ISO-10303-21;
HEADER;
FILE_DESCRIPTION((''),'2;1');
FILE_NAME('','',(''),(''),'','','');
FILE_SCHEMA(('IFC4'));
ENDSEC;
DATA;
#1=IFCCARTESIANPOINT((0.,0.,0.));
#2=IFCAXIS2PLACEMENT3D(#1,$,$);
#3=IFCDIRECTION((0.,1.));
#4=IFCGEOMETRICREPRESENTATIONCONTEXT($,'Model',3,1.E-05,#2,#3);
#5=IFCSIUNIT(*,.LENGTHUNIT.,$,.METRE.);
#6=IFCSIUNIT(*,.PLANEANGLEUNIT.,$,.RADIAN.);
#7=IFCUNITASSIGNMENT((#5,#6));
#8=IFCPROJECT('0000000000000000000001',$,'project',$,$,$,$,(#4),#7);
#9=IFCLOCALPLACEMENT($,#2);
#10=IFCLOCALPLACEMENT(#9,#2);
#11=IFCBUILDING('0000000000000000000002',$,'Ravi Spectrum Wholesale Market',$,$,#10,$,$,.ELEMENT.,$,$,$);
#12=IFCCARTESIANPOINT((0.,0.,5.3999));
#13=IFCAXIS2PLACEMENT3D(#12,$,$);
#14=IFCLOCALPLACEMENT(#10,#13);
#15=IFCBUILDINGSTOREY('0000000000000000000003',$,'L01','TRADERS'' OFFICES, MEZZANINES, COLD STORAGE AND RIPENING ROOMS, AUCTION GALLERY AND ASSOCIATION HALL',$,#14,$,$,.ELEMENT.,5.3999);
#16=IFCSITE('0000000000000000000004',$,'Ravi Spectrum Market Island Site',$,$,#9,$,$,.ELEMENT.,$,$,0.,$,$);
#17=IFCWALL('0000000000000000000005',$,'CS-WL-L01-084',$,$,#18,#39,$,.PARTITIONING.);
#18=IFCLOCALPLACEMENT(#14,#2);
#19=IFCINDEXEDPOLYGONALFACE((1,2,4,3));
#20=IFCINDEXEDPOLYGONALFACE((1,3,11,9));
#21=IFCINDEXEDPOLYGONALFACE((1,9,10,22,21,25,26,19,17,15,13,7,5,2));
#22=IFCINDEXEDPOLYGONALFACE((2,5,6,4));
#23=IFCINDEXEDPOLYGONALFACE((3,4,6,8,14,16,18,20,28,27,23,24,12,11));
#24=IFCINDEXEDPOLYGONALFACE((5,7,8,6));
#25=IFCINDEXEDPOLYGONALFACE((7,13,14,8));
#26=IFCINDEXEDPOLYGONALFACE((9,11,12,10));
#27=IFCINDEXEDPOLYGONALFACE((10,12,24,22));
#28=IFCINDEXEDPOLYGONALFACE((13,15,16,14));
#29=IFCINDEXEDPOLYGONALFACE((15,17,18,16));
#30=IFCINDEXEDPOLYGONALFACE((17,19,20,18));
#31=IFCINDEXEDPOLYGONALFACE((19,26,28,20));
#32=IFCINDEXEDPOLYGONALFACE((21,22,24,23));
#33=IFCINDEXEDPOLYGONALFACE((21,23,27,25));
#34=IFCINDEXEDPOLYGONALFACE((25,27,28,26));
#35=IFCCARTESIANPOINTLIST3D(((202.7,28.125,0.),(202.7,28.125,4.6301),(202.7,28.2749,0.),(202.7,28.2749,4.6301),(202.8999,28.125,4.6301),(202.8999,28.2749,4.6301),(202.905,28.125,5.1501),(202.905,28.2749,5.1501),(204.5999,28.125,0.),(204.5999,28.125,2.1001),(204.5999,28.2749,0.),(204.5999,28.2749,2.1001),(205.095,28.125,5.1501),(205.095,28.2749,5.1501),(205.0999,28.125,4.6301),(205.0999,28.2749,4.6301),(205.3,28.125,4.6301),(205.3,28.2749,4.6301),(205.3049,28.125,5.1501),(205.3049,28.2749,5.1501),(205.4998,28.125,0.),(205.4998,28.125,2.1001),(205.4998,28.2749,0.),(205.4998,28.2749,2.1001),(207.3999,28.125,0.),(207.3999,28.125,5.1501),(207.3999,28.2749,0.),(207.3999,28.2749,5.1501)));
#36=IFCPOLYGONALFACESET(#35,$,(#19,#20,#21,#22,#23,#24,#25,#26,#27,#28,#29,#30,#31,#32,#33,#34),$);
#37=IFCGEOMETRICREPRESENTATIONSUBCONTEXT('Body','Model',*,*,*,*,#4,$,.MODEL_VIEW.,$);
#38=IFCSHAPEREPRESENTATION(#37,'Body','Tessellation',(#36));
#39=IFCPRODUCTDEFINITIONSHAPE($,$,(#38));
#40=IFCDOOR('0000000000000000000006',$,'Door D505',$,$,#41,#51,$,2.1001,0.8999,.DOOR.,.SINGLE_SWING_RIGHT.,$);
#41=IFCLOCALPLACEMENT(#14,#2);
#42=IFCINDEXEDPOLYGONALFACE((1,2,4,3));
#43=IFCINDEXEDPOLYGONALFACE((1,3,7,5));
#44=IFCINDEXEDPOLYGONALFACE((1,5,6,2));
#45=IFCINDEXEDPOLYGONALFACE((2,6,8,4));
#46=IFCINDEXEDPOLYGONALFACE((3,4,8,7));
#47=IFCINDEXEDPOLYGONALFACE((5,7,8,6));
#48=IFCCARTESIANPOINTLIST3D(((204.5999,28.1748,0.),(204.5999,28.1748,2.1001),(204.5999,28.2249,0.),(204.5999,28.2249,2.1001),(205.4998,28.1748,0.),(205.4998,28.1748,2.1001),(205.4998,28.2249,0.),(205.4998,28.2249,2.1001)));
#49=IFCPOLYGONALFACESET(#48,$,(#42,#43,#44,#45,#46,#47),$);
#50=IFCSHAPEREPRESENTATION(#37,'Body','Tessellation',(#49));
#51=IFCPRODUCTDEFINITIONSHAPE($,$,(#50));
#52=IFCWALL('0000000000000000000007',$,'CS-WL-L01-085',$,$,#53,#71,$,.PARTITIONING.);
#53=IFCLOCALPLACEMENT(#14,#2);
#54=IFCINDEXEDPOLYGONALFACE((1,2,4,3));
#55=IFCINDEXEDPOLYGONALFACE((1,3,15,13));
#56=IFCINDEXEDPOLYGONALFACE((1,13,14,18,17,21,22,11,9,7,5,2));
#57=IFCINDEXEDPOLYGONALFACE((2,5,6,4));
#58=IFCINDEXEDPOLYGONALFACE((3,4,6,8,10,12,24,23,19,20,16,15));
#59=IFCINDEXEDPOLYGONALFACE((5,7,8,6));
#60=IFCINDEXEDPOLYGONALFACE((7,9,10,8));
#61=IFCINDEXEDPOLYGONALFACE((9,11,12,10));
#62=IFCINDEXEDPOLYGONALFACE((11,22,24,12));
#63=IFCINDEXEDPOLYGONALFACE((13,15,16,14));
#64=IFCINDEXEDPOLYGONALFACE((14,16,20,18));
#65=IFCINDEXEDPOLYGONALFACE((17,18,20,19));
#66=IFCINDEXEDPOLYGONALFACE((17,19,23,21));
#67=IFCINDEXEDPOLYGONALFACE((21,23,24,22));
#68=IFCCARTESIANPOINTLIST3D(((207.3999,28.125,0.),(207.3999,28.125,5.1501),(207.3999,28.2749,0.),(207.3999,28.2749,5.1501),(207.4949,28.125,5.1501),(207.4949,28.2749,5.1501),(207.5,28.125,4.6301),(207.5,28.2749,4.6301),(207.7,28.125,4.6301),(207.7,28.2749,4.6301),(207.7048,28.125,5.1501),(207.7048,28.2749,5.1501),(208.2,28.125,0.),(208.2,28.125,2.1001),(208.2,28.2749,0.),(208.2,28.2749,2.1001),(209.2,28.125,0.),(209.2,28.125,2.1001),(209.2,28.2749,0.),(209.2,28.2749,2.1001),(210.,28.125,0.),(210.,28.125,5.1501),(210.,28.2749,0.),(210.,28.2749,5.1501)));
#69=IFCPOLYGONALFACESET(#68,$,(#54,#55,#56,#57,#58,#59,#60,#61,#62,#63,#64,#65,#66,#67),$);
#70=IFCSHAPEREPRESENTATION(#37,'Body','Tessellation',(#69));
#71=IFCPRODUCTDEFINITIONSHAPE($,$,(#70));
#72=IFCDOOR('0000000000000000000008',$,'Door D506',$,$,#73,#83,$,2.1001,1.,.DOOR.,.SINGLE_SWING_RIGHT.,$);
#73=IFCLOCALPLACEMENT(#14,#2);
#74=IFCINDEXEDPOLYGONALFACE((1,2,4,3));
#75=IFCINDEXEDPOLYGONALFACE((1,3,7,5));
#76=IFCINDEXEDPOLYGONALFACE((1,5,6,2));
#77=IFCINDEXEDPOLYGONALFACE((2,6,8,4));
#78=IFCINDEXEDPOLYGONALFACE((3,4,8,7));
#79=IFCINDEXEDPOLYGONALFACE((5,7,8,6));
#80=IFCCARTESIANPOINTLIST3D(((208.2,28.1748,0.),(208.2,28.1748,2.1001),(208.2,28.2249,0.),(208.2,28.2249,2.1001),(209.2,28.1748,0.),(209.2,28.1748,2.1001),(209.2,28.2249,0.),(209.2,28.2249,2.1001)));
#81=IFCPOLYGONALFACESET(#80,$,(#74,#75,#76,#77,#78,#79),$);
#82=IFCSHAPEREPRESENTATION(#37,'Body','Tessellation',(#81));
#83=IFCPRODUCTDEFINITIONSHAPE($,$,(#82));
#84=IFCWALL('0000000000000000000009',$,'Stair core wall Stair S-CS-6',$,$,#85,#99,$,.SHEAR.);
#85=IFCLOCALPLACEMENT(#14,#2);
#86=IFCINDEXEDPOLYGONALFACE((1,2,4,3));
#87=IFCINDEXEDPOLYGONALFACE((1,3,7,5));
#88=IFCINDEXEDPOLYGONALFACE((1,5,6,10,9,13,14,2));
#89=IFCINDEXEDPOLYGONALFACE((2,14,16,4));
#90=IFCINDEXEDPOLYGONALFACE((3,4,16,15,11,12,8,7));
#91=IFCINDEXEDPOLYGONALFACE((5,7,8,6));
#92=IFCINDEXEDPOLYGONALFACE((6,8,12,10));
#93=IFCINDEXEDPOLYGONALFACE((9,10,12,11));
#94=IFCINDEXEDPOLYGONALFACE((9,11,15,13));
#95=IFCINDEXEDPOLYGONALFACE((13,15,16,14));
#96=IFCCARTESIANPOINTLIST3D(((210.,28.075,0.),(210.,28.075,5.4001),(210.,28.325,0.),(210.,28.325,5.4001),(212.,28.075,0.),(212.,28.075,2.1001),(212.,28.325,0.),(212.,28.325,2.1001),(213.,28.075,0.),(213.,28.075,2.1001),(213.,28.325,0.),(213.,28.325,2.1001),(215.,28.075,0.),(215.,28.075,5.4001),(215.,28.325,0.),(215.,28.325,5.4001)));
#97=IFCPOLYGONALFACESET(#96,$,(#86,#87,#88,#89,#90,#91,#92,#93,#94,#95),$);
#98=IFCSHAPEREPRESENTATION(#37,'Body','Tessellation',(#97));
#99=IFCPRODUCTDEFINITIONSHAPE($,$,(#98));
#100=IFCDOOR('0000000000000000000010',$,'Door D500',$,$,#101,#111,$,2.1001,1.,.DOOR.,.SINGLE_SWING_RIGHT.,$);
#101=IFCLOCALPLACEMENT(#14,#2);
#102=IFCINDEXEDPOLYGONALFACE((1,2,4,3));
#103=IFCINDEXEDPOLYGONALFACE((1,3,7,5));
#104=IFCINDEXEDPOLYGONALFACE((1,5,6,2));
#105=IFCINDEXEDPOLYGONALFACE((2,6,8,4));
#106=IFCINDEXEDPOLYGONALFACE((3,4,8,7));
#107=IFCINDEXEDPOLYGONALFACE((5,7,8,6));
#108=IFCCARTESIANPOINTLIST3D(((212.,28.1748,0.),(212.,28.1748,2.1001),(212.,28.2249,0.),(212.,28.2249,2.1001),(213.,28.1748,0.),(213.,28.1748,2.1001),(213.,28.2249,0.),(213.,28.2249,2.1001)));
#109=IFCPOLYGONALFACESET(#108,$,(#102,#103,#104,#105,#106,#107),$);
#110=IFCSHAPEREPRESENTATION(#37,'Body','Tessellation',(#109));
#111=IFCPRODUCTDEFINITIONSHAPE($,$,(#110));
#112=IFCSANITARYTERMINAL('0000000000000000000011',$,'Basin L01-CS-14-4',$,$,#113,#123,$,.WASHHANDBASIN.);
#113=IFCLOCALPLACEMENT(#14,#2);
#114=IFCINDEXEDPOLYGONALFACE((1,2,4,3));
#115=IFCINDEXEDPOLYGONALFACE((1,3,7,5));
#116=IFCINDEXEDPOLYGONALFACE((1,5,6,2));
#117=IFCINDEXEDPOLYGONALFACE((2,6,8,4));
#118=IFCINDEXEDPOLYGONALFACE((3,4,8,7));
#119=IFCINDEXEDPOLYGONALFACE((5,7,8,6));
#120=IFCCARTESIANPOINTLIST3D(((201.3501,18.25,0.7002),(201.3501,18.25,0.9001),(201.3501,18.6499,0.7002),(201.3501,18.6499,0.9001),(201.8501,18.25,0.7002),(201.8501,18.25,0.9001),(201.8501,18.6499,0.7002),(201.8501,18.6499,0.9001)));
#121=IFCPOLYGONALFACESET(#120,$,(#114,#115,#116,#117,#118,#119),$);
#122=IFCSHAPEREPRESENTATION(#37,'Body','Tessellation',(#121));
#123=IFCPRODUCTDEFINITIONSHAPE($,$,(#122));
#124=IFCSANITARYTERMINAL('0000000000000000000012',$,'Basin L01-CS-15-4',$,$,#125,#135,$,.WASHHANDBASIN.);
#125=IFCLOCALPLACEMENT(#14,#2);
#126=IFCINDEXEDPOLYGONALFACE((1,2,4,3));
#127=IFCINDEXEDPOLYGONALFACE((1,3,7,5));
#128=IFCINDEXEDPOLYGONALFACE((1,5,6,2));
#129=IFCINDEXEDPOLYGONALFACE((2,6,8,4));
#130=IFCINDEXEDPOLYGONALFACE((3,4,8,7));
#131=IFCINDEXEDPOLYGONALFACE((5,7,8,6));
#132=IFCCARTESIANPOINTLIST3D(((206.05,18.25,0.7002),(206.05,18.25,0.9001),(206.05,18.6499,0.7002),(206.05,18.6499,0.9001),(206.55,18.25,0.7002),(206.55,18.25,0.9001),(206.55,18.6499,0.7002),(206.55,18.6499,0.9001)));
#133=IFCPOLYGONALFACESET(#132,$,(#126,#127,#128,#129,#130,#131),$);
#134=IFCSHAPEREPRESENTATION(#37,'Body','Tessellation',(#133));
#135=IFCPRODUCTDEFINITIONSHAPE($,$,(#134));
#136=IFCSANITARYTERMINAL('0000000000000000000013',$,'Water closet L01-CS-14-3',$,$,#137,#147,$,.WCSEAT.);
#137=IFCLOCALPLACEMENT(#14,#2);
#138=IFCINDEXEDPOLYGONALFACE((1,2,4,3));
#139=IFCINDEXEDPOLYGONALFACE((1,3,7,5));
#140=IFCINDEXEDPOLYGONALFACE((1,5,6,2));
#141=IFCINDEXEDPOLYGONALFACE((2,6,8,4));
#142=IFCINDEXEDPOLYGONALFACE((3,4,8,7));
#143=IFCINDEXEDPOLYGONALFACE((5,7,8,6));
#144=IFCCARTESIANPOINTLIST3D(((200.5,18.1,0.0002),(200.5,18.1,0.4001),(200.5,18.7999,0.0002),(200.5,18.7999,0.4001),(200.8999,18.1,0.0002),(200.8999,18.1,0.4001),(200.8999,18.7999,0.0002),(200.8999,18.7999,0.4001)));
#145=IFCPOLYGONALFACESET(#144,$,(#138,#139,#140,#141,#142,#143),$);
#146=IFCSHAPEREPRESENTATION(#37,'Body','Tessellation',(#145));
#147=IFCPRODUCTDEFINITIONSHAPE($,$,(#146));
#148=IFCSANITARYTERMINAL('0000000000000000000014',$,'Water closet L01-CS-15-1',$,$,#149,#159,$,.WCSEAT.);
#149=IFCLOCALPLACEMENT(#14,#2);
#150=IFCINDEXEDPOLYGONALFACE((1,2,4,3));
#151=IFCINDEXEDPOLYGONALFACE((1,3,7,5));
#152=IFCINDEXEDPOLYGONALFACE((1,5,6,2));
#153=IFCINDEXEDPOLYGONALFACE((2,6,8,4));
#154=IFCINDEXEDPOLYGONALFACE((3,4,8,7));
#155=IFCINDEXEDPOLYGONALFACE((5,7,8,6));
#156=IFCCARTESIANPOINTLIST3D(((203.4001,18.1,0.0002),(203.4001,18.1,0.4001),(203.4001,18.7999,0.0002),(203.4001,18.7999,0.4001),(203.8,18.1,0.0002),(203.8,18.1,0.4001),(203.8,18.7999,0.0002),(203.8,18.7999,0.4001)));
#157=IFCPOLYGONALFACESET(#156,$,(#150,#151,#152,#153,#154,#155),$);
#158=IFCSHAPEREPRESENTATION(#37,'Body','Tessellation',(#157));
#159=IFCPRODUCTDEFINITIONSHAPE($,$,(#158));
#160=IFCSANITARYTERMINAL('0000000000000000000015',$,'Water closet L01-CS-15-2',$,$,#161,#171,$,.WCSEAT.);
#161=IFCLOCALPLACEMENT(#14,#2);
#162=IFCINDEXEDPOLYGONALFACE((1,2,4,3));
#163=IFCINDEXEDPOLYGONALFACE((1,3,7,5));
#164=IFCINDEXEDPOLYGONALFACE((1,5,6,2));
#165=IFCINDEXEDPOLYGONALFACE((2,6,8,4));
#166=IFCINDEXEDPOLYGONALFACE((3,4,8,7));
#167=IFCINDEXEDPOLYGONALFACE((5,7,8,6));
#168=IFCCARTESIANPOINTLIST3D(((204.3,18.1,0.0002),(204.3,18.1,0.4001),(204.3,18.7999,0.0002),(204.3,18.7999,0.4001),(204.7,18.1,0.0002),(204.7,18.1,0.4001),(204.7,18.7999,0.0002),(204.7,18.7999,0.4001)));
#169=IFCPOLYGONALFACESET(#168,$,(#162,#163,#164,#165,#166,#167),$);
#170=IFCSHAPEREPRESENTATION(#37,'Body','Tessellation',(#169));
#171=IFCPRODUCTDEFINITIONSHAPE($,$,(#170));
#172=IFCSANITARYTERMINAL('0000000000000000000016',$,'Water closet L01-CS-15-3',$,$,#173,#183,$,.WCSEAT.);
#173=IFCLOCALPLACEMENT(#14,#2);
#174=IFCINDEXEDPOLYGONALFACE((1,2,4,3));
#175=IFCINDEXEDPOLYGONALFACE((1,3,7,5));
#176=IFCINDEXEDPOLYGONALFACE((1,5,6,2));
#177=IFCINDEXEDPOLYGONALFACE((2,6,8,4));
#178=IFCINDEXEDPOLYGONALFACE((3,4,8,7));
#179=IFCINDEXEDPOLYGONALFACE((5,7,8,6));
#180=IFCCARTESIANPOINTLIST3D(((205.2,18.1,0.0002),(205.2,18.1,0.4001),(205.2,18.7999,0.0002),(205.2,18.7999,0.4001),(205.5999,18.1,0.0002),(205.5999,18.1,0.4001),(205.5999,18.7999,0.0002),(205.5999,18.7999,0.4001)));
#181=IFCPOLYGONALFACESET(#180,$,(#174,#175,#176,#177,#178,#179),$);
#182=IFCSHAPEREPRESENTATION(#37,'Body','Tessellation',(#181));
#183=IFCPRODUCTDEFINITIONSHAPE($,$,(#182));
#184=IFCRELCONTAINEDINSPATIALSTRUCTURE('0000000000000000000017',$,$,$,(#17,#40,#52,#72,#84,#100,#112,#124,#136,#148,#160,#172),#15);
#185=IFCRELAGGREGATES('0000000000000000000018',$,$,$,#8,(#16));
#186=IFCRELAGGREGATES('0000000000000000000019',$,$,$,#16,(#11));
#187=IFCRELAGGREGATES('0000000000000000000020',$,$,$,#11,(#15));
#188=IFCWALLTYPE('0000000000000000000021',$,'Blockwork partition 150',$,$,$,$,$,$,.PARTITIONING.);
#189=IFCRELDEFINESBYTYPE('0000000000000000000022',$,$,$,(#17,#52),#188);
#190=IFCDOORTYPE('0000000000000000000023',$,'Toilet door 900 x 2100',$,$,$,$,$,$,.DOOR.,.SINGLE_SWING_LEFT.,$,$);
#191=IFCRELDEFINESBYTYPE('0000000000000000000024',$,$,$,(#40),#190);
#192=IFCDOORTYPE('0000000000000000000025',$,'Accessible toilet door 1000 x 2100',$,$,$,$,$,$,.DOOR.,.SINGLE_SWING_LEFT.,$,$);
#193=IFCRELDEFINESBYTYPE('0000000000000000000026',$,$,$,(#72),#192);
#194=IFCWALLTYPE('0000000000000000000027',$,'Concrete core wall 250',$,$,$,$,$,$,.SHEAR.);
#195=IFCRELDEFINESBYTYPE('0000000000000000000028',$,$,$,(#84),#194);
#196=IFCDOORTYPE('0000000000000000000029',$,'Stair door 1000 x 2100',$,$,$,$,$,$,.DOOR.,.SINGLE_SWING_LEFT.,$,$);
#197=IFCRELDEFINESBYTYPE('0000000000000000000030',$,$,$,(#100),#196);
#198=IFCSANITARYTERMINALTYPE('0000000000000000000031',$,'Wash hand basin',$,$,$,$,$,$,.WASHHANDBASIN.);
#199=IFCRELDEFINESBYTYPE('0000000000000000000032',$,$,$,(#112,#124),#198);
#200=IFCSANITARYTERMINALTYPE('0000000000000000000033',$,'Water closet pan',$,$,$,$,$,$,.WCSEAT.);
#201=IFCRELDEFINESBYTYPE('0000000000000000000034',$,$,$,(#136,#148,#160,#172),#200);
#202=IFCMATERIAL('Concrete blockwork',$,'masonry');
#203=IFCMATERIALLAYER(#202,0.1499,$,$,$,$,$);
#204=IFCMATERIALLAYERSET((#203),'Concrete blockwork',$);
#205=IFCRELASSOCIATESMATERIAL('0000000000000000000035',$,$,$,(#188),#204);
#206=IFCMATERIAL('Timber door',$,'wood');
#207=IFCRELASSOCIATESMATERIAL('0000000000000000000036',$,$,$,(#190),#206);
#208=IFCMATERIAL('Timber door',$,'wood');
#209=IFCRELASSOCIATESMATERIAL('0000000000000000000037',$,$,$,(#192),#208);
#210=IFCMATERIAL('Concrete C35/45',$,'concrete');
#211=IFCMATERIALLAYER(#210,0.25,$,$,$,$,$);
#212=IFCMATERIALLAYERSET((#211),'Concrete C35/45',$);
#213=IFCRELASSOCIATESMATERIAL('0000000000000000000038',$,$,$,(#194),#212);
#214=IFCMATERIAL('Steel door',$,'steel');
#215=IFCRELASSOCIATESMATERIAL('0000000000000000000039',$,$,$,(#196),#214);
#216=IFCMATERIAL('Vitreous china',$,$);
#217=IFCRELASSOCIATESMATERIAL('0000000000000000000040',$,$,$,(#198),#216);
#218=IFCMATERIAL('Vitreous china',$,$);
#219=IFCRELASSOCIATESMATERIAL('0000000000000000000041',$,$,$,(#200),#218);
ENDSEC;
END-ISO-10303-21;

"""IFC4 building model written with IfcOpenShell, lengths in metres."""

from ifc_helpers import new_model, si_unit, direction, frame, frame_2d, origin, origin_2d, place, context, subcontext, project, spatial, polyline, rectangle, outline, extrude, material, layer, layer_set, type_object, element, fill, save


model = new_model("IFC4")

# Units and contexts
model_context = context("Model", 3, precision=1e-05, world=origin(), true_north=direction((0.0, 1.0)))
body_context = subcontext(model_context, "Body", "Model", "MODEL_VIEW")
ifc_project = project(units=[si_unit("LENGTHUNIT", "METRE"), si_unit("PLANEANGLEUNIT", "RADIAN")], contexts=[model_context])

# Site, building, storey
site_placement = place(None, origin())
site = spatial("IfcSite", under=ifc_project, at=site_placement, Name="Ravi Spectrum Market Island Site", CompositionType="ELEMENT", RefElevation=0.0)
building_placement = place(site_placement, origin())
building = spatial("IfcBuilding", under=site, at=building_placement, Name="Ravi Spectrum Wholesale Market", CompositionType="ELEMENT")
storey_placement = place(building_placement, frame((0.0, 0.0, 5.3999)))
storey = spatial("IfcBuildingStorey", under=building, at=storey_placement, Name="L01", Description="TRADERS' OFFICES, MEZZANINES, COLD STORAGE AND RIPENING ROOMS, AUCTION GALLERY AND ASSOCIATION HALL", CompositionType="ELEMENT", Elevation=5.3999)

# Walls, openings, doors
ifc_material_1 = material(Name="Concrete blockwork", Category="masonry")
ifc_layer_1 = layer(ifc_material_1, 0.1499)
ifc_layer_set_1 = layer_set([ifc_layer_1], Name="Concrete blockwork")
wall_type_1 = type_object("IfcWallType", Name="Blockwork partition 150", PredefinedType="PARTITIONING", material=ifc_layer_set_1)
ifc_material_2 = material(Name="Timber door", Category="wood")
door_type_1 = type_object("IfcDoorType", Name="Toilet door 900 x 2100", OperationType="SINGLE_SWING_LEFT", PredefinedType="DOOR", material=ifc_material_2)
wall_1_placement = place(storey_placement, frame((202.7, 28.2, 0.0), z_axis=(0.0, 0.0, 1.0), x_axis=(1.0, 0.0, 0.0)))
wall_1 = element("IfcWall", 1, at=wall_1_placement, inside=storey, type_object=wall_type_1, Name="CS-WL-L01-084", PredefinedType="PARTITIONING", context=body_context, shape_type="SweptSolid", body=[
    extrude(outline(polyline([(0.0, 0.0), (4.7, 0.0), (4.7, 5.1501), (2.605, 5.1501), (2.6001, 4.6301), (2.3999, 4.6301), (2.395, 5.1501), (0.2051, 5.1501), (0.2, 4.6301), (0.0, 4.6301), (0.0, 0.0)])), frame((0.0, 0.075, 0.0), z_axis=(0.0, -1.0, 0.0), x_axis=(1.0, 0.0, 0.0)), (0.0, 0.0, 1.0), 0.1499),
])
opening_1_placement = place(wall_1_placement, frame((1.8999, 0.0, 0.0)))
opening_1 = element("IfcOpeningElement", 2, at=opening_1_placement, cuts=wall_1, PredefinedType="OPENING", context=body_context, shape_type="SweptSolid", body=[
    extrude(rectangle(XDim=0.8999, YDim=2.1001, at=frame_2d((0.45, 1.05))), frame((0.0, 0.085, 0.0), z_axis=(0.0, -1.0, 0.0), x_axis=(1.0, 0.0, 0.0)), (0.0, 0.0, 1.0), 0.1699),
])
door_1_placement = place(opening_1_placement, origin())
door_1 = element("IfcDoor", 3, at=door_1_placement, inside=storey, type_object=door_type_1, Name="Door D505", OperationType="SINGLE_SWING_RIGHT", OverallHeight=2.1001, OverallWidth=0.8999, PredefinedType="DOOR", context=body_context, shape_type="SweptSolid", body=[
    extrude(rectangle(XDim=0.8999, YDim=2.1001, at=frame_2d((0.45, 1.05))), frame((0.0, 0.0249, 0.0), z_axis=(0.0, -1.0, 0.0), x_axis=(1.0, 0.0, 0.0)), (0.0, 0.0, 1.0), 0.05),
])
fill(opening_1, door_1)
wall_2_placement = place(storey_placement, frame((207.3999, 28.2, 0.0), z_axis=(0.0, 0.0, 1.0), x_axis=(1.0, 0.0, 0.0)))
wall_2 = element("IfcWall", 4, at=wall_2_placement, inside=storey, type_object=wall_type_1, Name="CS-WL-L01-085", PredefinedType="PARTITIONING", context=body_context, shape_type="SweptSolid", body=[
    extrude(outline(polyline([(0.0, 0.0), (2.6001, 0.0), (2.6001, 5.1501), (0.3049, 5.1501), (0.3, 4.6301), (0.1001, 4.6301), (0.095, 5.1501), (0.0, 5.1501), (0.0, 0.0)])), frame((0.0, 0.075, 0.0), z_axis=(0.0, -1.0, 0.0), x_axis=(1.0, 0.0, 0.0)), (0.0, 0.0, 1.0), 0.1499),
])
opening_2_placement = place(wall_2_placement, frame((0.8, 0.0, 0.0)))
opening_2 = element("IfcOpeningElement", 5, at=opening_2_placement, cuts=wall_2, PredefinedType="OPENING", context=body_context, shape_type="SweptSolid", body=[
    extrude(rectangle(XDim=1.0, YDim=2.1001, at=frame_2d((0.5, 1.05))), frame((0.0, 0.085, 0.0), z_axis=(0.0, -1.0, 0.0), x_axis=(1.0, 0.0, 0.0)), (0.0, 0.0, 1.0), 0.1699),
])
ifc_material_3 = material(Name="Timber door", Category="wood")
door_type_2 = type_object("IfcDoorType", Name="Accessible toilet door 1000 x 2100", OperationType="SINGLE_SWING_LEFT", PredefinedType="DOOR", material=ifc_material_3)
door_2_placement = place(opening_2_placement, origin())
door_2 = element("IfcDoor", 6, at=door_2_placement, inside=storey, type_object=door_type_2, Name="Door D506", OperationType="SINGLE_SWING_RIGHT", OverallHeight=2.1001, OverallWidth=1.0, PredefinedType="DOOR", context=body_context, shape_type="SweptSolid", body=[
    extrude(rectangle(XDim=1.0, YDim=2.1001, at=frame_2d((0.5, 1.05))), frame((0.0, 0.0249, 0.0), z_axis=(0.0, -1.0, 0.0), x_axis=(1.0, 0.0, 0.0)), (0.0, 0.0, 1.0), 0.05),
])
fill(opening_2, door_2)
ifc_material_4 = material(Name="Concrete C35/45", Category="concrete")
ifc_layer_2 = layer(ifc_material_4, 0.25)
ifc_layer_set_2 = layer_set([ifc_layer_2], Name="Concrete C35/45")
wall_type_2 = type_object("IfcWallType", Name="Concrete core wall 250", PredefinedType="SHEAR", material=ifc_layer_set_2)
wall_3_placement = place(storey_placement, frame((210.0, 28.2, 0.0), z_axis=(0.0, 0.0, 1.0), x_axis=(1.0, 0.0, 0.0)))
wall_3 = element("IfcWall", 7, at=wall_3_placement, inside=storey, type_object=wall_type_2, Name="Stair core wall Stair S-CS-6", PredefinedType="SHEAR", context=body_context, shape_type="SweptSolid", body=[
    extrude(rectangle(XDim=5.0, YDim=0.25, at=frame_2d((2.5, 0.0))), origin(), (0.0, 0.0, 1.0), 5.4001),
])
opening_3_placement = place(wall_3_placement, frame((2.0, 0.0, 0.0)))
opening_3 = element("IfcOpeningElement", 8, at=opening_3_placement, cuts=wall_3, PredefinedType="OPENING", context=body_context, shape_type="SweptSolid", body=[
    extrude(rectangle(XDim=1.0, YDim=2.1001, at=frame_2d((0.5, 1.05))), frame((0.0, 0.135, 0.0), z_axis=(0.0, -1.0, 0.0), x_axis=(1.0, 0.0, 0.0)), (0.0, 0.0, 1.0), 0.27),
])
ifc_material_5 = material(Name="Steel door", Category="steel")
door_type_3 = type_object("IfcDoorType", Name="Stair door 1000 x 2100", OperationType="SINGLE_SWING_LEFT", PredefinedType="DOOR", material=ifc_material_5)
door_3_placement = place(opening_3_placement, origin())
door_3 = element("IfcDoor", 9, at=door_3_placement, inside=storey, type_object=door_type_3, Name="Door D500", OperationType="SINGLE_SWING_RIGHT", OverallHeight=2.1001, OverallWidth=1.0, PredefinedType="DOOR", context=body_context, shape_type="SweptSolid", body=[
    extrude(rectangle(XDim=1.0, YDim=2.1001, at=frame_2d((0.5, 1.05))), frame((0.0, 0.0249, 0.0), z_axis=(0.0, -1.0, 0.0), x_axis=(1.0, 0.0, 0.0)), (0.0, 0.0, 1.0), 0.05),
])
fill(opening_3, door_3)

# Sanitary terminals
ifc_material_6 = material(Name="Vitreous china")
sanitary_terminal_type_1 = type_object("IfcSanitaryTerminalType", Name="Wash hand basin", PredefinedType="WASHHANDBASIN", material=ifc_material_6)
for number, where, z_axis, x_axis, name in (
    (10, (201.6001, 18.45, 0.7002), (0.0, 0.0, 1.0), (1.0, 0.0, 0.0), "Basin L01-CS-14-4"),
    (11, (206.3, 18.45, 0.7002), (0.0, 0.0, 1.0), (1.0, 0.0, 0.0), "Basin L01-CS-15-4"),
):
    element("IfcSanitaryTerminal", number, at=place(storey_placement, frame(where, z_axis=z_axis, x_axis=x_axis)), inside=storey, type_object=sanitary_terminal_type_1, Name=name, PredefinedType="WASHHANDBASIN", context=body_context, shape_type="SweptSolid", body=[
        extrude(rectangle(XDim=0.5, YDim=0.3999, at=origin_2d()), origin(), (0.0, 0.0, 1.0), 0.2),
    ])
ifc_material_7 = material(Name="Vitreous china")
sanitary_terminal_type_2 = type_object("IfcSanitaryTerminalType", Name="Water closet pan", PredefinedType="WCSEAT", material=ifc_material_7)
for number, where, z_axis, x_axis, name in (
    (12, (200.7, 18.45, 0.0002), (0.0, 0.0, 1.0), (1.0, 0.0, 0.0), "Water closet L01-CS-14-3"),
    (13, (203.6001, 18.45, 0.0002), (0.0, 0.0, 1.0), (1.0, 0.0, 0.0), "Water closet L01-CS-15-1"),
    (14, (204.5, 18.45, 0.0002), (0.0, 0.0, 1.0), (1.0, 0.0, 0.0), "Water closet L01-CS-15-2"),
    (15, (205.3999, 18.45, 0.0002), (0.0, 0.0, 1.0), (1.0, 0.0, 0.0), "Water closet L01-CS-15-3"),
):
    element("IfcSanitaryTerminal", number, at=place(storey_placement, frame(where, z_axis=z_axis, x_axis=x_axis)), inside=storey, type_object=sanitary_terminal_type_2, Name=name, PredefinedType="WCSEAT", context=body_context, shape_type="SweptSolid", body=[
        extrude(rectangle(XDim=0.3999, YDim=0.7, at=origin_2d()), origin(), (0.0, 0.0, 1.0), 0.3999),
    ])

save(model, "model.ifc")
